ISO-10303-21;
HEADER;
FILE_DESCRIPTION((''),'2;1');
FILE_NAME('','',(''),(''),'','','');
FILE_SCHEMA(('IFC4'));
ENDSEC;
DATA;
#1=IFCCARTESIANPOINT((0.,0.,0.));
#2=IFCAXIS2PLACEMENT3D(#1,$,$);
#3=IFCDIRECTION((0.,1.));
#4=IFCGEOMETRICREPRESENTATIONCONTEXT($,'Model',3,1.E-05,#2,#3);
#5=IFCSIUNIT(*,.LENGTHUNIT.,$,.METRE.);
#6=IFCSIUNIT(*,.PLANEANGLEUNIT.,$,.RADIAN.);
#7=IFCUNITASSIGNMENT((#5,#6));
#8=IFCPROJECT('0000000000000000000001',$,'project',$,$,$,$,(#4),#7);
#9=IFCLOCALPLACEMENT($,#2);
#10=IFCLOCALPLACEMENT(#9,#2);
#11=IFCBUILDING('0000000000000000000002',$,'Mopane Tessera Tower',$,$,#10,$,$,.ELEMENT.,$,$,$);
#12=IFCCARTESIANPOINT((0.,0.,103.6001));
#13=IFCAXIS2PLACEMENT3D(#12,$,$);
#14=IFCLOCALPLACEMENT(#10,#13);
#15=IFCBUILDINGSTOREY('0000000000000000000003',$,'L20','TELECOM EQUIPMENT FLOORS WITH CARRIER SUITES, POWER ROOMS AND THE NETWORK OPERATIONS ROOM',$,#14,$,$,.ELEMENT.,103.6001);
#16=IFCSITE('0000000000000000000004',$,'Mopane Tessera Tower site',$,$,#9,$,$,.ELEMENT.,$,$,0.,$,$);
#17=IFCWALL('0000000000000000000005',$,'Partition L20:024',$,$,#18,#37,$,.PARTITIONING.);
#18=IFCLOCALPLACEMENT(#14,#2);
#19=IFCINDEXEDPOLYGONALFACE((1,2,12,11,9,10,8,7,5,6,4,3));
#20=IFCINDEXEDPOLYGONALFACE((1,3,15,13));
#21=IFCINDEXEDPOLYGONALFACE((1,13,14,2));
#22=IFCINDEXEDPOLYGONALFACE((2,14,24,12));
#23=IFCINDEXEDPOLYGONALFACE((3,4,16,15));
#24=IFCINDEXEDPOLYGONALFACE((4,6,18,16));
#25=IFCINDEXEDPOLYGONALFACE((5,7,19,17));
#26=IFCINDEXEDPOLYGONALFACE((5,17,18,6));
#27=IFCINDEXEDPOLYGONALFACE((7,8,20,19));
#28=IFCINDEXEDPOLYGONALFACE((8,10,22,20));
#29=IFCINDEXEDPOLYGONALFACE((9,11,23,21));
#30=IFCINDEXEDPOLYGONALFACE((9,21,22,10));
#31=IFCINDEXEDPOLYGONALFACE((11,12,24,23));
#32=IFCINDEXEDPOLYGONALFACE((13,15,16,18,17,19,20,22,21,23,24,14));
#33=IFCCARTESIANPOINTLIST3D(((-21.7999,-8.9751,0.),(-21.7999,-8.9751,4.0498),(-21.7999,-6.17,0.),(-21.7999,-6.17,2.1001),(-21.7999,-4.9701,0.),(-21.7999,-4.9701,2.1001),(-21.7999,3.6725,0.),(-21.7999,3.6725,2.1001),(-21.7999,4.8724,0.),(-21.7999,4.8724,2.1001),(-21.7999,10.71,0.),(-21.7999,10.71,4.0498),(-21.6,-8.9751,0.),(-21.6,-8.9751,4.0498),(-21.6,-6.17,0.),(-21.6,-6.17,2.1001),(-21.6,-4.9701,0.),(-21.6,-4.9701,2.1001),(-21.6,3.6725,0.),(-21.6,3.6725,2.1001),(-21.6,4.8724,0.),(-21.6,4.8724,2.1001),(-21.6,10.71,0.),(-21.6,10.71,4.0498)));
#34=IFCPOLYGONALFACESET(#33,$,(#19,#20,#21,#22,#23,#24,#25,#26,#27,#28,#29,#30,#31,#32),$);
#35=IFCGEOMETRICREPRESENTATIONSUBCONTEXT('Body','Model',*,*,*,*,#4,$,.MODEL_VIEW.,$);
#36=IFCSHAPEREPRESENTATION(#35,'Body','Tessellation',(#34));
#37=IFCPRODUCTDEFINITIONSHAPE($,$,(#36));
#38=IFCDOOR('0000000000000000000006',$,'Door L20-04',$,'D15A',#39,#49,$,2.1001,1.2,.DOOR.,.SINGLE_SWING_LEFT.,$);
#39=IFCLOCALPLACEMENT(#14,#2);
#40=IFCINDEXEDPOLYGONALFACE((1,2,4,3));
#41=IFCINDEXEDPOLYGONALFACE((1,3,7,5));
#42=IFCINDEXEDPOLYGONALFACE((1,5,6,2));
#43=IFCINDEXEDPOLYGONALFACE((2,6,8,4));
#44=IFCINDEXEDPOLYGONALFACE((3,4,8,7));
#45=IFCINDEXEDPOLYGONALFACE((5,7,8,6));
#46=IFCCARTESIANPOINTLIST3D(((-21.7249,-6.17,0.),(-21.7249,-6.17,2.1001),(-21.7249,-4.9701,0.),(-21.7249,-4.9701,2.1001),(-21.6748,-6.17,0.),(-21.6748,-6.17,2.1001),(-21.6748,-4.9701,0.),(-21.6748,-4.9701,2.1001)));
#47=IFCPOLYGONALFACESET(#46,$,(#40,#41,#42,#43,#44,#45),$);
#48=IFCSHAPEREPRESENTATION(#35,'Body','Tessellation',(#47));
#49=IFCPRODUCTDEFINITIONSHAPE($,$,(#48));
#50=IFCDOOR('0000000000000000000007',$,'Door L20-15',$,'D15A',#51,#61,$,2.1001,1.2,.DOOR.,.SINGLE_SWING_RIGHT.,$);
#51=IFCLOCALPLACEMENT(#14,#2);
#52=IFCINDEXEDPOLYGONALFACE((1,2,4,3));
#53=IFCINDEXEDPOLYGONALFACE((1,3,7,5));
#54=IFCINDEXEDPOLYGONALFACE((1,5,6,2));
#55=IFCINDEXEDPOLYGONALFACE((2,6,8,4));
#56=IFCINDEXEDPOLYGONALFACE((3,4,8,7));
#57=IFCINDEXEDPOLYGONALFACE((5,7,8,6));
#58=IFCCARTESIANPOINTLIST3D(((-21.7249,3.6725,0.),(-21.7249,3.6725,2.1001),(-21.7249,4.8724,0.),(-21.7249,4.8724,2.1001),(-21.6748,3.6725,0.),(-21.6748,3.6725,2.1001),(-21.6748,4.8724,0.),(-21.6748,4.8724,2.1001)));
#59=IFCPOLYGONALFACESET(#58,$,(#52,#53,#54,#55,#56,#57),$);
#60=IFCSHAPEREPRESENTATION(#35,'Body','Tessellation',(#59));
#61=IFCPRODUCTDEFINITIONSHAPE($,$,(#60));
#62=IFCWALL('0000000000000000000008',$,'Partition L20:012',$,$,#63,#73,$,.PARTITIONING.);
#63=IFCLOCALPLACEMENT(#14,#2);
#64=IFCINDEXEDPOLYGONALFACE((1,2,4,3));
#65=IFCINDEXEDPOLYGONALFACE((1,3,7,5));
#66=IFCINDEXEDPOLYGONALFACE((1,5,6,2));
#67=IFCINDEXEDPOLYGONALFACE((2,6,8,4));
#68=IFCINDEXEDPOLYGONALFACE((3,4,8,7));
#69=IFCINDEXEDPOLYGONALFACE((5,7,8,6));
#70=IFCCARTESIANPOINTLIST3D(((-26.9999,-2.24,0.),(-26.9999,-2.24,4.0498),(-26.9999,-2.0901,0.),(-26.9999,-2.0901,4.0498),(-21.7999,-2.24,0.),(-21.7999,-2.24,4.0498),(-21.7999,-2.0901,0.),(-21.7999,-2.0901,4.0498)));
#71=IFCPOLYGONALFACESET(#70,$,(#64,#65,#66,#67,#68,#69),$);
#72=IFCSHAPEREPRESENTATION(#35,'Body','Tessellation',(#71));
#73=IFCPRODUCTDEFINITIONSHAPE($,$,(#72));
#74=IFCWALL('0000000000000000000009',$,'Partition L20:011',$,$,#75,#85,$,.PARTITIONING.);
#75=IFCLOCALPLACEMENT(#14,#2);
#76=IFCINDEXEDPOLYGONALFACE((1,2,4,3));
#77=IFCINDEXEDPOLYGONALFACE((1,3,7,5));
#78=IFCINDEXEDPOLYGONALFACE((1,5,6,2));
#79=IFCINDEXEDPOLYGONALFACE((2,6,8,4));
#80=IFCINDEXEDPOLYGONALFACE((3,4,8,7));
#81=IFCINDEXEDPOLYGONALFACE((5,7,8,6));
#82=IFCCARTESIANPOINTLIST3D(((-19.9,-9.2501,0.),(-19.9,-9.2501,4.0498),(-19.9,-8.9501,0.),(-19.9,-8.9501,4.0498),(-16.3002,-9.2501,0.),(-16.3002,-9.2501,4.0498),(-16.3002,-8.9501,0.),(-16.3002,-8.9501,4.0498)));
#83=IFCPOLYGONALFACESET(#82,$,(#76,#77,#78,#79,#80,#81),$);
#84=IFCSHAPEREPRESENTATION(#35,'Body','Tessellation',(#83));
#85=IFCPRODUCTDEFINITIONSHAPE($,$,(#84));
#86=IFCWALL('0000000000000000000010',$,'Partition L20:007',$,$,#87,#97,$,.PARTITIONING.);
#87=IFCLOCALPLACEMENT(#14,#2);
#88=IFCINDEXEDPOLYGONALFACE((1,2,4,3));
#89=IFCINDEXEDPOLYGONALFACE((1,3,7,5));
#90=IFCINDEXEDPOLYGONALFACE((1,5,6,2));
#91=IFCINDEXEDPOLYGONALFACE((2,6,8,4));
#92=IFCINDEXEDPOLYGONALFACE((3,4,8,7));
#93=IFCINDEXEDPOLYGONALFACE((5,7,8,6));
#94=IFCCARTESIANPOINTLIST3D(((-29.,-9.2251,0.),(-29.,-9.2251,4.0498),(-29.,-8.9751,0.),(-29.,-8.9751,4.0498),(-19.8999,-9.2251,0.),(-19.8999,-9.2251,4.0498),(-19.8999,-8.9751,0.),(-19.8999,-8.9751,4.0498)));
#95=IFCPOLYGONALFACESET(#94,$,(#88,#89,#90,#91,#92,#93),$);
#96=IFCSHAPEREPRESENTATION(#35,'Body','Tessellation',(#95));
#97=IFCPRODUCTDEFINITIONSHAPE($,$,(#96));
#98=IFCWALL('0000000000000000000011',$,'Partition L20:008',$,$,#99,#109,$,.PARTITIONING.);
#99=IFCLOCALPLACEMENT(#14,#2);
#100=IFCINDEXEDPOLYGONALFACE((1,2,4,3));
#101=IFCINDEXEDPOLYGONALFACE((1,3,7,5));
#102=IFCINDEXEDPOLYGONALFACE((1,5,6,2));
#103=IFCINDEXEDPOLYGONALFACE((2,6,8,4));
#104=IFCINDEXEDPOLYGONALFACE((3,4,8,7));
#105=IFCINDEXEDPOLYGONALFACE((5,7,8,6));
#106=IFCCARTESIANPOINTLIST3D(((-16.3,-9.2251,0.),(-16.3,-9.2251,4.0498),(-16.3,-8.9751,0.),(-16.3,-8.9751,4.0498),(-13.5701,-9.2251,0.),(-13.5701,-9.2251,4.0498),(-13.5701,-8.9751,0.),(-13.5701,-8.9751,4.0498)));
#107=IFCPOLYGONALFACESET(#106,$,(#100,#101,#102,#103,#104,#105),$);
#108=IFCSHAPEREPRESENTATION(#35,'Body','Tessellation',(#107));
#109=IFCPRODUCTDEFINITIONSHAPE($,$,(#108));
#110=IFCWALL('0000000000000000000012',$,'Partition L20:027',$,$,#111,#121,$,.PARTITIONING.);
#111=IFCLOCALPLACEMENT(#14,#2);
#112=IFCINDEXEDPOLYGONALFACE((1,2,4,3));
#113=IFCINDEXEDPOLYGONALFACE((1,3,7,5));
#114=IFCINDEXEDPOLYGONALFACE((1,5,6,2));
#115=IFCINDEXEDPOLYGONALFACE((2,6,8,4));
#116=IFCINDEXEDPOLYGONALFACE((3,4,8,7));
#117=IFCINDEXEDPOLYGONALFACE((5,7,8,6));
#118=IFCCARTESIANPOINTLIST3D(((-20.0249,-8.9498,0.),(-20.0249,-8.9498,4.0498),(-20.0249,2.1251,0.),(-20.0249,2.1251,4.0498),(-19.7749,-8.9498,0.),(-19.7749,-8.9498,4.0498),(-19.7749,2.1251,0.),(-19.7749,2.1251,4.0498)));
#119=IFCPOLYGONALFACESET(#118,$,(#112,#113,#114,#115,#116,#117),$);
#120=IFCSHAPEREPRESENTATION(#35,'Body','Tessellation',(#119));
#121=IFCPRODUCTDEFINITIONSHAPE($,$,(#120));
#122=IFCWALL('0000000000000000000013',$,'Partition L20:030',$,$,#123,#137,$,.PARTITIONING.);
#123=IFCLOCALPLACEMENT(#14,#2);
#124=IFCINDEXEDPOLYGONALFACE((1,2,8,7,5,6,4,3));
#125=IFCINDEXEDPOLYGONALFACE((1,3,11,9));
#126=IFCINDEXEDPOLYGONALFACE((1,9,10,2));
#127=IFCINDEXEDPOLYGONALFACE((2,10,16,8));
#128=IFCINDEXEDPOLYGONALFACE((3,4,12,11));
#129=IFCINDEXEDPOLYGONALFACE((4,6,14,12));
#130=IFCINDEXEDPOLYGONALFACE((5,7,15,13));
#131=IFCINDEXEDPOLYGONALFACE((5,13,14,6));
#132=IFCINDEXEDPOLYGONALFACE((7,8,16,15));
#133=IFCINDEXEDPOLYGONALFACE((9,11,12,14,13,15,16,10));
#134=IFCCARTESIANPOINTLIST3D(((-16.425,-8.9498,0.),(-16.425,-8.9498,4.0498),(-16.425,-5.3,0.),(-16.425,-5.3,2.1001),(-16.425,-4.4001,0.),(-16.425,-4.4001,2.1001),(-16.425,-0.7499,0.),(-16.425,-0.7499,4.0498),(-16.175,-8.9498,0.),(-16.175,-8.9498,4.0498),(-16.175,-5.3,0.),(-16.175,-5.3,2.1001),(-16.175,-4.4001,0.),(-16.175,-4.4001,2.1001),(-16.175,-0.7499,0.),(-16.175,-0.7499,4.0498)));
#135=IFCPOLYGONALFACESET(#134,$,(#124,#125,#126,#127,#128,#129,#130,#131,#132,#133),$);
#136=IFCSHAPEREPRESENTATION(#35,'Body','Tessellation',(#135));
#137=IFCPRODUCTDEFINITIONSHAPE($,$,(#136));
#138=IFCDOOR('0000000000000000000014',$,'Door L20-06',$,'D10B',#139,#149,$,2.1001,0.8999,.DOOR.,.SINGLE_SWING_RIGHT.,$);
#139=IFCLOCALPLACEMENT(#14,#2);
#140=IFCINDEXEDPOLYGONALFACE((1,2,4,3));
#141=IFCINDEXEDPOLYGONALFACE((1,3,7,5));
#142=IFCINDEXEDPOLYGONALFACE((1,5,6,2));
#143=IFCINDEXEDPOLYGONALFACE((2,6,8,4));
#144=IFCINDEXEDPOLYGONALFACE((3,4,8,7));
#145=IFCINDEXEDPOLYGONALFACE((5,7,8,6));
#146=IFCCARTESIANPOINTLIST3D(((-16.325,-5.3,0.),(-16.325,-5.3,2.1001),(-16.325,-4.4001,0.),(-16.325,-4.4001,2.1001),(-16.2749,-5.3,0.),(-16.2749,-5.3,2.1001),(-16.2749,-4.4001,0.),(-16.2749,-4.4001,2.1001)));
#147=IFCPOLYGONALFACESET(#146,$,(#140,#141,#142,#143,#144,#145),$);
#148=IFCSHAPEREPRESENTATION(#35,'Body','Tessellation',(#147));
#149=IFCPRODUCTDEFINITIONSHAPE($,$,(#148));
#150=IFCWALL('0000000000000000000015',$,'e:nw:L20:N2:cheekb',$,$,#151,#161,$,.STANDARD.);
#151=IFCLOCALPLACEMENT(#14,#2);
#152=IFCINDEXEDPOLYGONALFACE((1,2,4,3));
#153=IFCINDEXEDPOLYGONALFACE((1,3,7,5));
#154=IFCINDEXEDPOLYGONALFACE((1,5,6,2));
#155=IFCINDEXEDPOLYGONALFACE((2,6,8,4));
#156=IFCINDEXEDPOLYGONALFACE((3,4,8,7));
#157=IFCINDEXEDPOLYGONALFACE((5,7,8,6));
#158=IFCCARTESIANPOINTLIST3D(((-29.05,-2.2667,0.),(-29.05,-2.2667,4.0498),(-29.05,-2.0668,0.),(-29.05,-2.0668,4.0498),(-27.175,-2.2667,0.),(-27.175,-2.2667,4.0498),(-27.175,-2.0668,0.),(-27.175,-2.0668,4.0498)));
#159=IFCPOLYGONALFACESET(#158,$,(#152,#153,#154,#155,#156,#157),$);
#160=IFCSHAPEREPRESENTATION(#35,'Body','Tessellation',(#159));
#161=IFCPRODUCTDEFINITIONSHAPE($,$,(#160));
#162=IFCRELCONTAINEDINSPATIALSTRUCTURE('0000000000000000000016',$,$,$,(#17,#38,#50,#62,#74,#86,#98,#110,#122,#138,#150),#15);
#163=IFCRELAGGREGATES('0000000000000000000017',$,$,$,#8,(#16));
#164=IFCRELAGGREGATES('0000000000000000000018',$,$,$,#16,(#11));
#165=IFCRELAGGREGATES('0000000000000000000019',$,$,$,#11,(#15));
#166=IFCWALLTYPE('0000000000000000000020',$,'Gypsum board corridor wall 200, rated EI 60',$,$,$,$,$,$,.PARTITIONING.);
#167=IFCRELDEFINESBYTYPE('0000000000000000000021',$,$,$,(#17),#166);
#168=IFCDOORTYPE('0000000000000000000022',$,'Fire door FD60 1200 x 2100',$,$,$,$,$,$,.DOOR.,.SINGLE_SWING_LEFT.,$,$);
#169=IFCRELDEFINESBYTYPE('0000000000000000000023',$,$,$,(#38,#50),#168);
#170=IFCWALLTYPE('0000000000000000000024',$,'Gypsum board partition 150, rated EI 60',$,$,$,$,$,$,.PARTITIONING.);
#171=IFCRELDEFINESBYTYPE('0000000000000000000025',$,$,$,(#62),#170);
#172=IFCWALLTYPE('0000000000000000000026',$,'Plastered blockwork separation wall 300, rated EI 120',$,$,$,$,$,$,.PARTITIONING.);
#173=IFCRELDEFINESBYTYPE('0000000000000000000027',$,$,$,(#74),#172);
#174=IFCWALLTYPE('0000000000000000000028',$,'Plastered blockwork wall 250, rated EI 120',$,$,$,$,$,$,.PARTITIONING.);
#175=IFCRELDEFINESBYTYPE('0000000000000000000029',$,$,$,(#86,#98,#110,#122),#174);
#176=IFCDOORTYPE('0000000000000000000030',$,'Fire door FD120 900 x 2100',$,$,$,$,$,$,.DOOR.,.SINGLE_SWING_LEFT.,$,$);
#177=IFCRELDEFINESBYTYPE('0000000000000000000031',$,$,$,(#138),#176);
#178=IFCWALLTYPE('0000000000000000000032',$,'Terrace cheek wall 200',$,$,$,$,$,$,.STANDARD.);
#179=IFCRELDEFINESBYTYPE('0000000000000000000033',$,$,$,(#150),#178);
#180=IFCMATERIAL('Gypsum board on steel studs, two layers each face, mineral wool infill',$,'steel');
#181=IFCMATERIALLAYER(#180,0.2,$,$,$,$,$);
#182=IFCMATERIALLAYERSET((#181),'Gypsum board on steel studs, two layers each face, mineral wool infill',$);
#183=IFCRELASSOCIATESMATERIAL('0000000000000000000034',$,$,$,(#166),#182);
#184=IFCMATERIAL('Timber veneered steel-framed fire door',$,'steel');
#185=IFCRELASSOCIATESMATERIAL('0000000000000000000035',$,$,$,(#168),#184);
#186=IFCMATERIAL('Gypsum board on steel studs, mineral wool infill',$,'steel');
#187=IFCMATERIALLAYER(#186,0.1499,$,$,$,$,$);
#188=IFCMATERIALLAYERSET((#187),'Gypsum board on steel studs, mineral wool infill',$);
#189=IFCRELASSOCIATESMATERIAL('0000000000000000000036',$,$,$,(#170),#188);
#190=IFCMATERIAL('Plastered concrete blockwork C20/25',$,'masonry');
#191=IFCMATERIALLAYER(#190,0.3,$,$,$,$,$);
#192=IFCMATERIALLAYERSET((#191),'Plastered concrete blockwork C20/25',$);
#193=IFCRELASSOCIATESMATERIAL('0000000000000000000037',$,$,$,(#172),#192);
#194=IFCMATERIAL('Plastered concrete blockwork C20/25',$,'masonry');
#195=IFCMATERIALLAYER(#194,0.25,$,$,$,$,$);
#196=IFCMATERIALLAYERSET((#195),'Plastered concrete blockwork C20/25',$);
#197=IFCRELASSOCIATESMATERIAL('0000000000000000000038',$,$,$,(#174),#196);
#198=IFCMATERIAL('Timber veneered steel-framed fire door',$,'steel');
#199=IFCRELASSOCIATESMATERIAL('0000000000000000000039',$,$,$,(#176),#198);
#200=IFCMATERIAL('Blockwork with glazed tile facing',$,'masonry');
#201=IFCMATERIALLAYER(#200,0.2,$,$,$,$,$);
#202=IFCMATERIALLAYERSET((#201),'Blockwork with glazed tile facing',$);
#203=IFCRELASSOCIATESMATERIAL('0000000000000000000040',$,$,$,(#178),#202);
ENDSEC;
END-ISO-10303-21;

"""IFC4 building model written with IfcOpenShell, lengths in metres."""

from ifc_helpers import new_model, si_unit, direction, frame, frame_2d, origin, place, context, subcontext, project, spatial, rectangle, extrude, material, layer, layer_set, type_object, element, fill, save


model = new_model("IFC4")

# Units and contexts
model_context = context("Model", 3, precision=1e-05, world=origin(), true_north=direction((0.0, 1.0)))
body_context = subcontext(model_context, "Body", "Model", "MODEL_VIEW")
ifc_project = project(units=[si_unit("LENGTHUNIT", "METRE"), si_unit("PLANEANGLEUNIT", "RADIAN")], contexts=[model_context])

# Site, building, storey
site_placement = place(None, origin())
site = spatial("IfcSite", under=ifc_project, at=site_placement, Name="Mopane Tessera Tower site", CompositionType="ELEMENT", RefElevation=0.0)
building_placement = place(site_placement, origin())
building = spatial("IfcBuilding", under=site, at=building_placement, Name="Mopane Tessera Tower", CompositionType="ELEMENT")
storey_placement = place(building_placement, frame((0.0, 0.0, 103.6001)))
storey = spatial("IfcBuildingStorey", under=building, at=storey_placement, Name="L20", Description="TELECOM EQUIPMENT FLOORS WITH CARRIER SUITES, POWER ROOMS AND THE NETWORK OPERATIONS ROOM", CompositionType="ELEMENT", Elevation=103.6001)

# Wall, openings, doors
ifc_material_1 = material(Name="Gypsum board on steel studs, two layers each face, mineral wool infill", Category="steel")
ifc_layer_1 = layer(ifc_material_1, 0.2)
ifc_layer_set_1 = layer_set([ifc_layer_1], Name="Gypsum board on steel studs, two layers each face, mineral wool infill")
wall_type_1 = type_object("IfcWallType", Name="Gypsum board corridor wall 200, rated EI 60", PredefinedType="PARTITIONING", material=ifc_layer_set_1)
wall_1_placement = place(storey_placement, frame((-21.7, -8.9751, 0.0), z_axis=(0.0, 0.0, 1.0), x_axis=(0.0, 1.0, 0.0)))
wall_1 = element("IfcWall", 1, at=wall_1_placement, inside=storey, type_object=wall_type_1, Name="Partition L20:024", PredefinedType="PARTITIONING", context=body_context, shape_type="SweptSolid", body=[
    extrude(rectangle(XDim=19.6851, YDim=0.2, at=frame_2d((9.8425, 0.0))), origin(), (0.0, 0.0, 1.0), 4.0498),
])
opening_1_placement = place(wall_1_placement, frame((2.8049, 0.0, 0.0)))
opening_1 = element("IfcOpeningElement", 2, at=opening_1_placement, cuts=wall_1, PredefinedType="OPENING", context=body_context, shape_type="SweptSolid", body=[
    extrude(rectangle(XDim=1.2, YDim=2.1001, at=frame_2d((0.6001, 1.05))), frame((0.0, 0.1121, 0.0), z_axis=(0.0, -1.0, 0.0), x_axis=(1.0, 0.0, 0.0)), (0.0, 0.0, 1.0), 0.2239),
])
opening_2_placement = place(wall_1_placement, frame((12.6475, 0.0, 0.0)))
opening_2 = element("IfcOpeningElement", 3, at=opening_2_placement, cuts=wall_1, PredefinedType="OPENING", context=body_context, shape_type="SweptSolid", body=[
    extrude(rectangle(XDim=1.2, YDim=2.1001, at=frame_2d((0.6001, 1.05))), frame((0.0, 0.1121, 0.0), z_axis=(0.0, -1.0, 0.0), x_axis=(1.0, 0.0, 0.0)), (0.0, 0.0, 1.0), 0.2239),
])
ifc_material_2 = material(Name="Timber veneered steel-framed fire door", Category="steel")
door_type_1 = type_object("IfcDoorType", Name="Fire door FD60 1200 x 2100", OperationType="SINGLE_SWING_LEFT", PredefinedType="DOOR", material=ifc_material_2)
door_1_placement = place(opening_1_placement, origin())
door_1 = element("IfcDoor", 4, at=door_1_placement, inside=storey, type_object=door_type_1, Name="Door L20-04", ObjectType="D15A", OperationType="SINGLE_SWING_LEFT", OverallHeight=2.1001, OverallWidth=1.2, PredefinedType="DOOR", context=body_context, shape_type="SweptSolid", body=[
    extrude(rectangle(XDim=1.2, YDim=2.1001, at=frame_2d((0.6001, 1.05))), frame((0.0, 0.0249, 0.0), z_axis=(0.0, -1.0, 0.0), x_axis=(1.0, 0.0, 0.0)), (0.0, 0.0, 1.0), 0.05),
])
fill(opening_1, door_1)
door_2_placement = place(opening_2_placement, origin())
door_2 = element("IfcDoor", 5, at=door_2_placement, inside=storey, type_object=door_type_1, Name="Door L20-15", ObjectType="D15A", OperationType="SINGLE_SWING_RIGHT", OverallHeight=2.1001, OverallWidth=1.2, PredefinedType="DOOR", context=body_context, shape_type="SweptSolid", body=[
    extrude(rectangle(XDim=1.2, YDim=2.1001, at=frame_2d((0.6001, 1.05))), frame((0.0, 0.0249, 0.0), z_axis=(0.0, -1.0, 0.0), x_axis=(1.0, 0.0, 0.0)), (0.0, 0.0, 1.0), 0.05),
])
fill(opening_2, door_2)

# Walls
ifc_material_3 = material(Name="Gypsum board on steel studs, mineral wool infill", Category="steel")
ifc_layer_2 = layer(ifc_material_3, 0.1499)
ifc_layer_set_2 = layer_set([ifc_layer_2], Name="Gypsum board on steel studs, mineral wool infill")
wall_type_2 = type_object("IfcWallType", Name="Gypsum board partition 150, rated EI 60", PredefinedType="PARTITIONING", material=ifc_layer_set_2)
wall_2_placement = place(storey_placement, frame((-27.0, -2.165, 0.0), z_axis=(0.0, 0.0, 1.0), x_axis=(1.0, 0.0, 0.0)))
element("IfcWall", 6, at=wall_2_placement, inside=storey, type_object=wall_type_2, Name="Partition L20:012", PredefinedType="PARTITIONING", context=body_context, shape_type="SweptSolid", body=[
    extrude(rectangle(XDim=5.2, YDim=0.1499, at=frame_2d((2.6001, 0.0))), origin(), (0.0, 0.0, 1.0), 4.0498),
])
ifc_material_4 = material(Name="Plastered concrete blockwork C20/25", Category="masonry")
ifc_layer_3 = layer(ifc_material_4, 0.3)
ifc_layer_set_3 = layer_set([ifc_layer_3], Name="Plastered concrete blockwork C20/25")
wall_type_3 = type_object("IfcWallType", Name="Plastered blockwork separation wall 300, rated EI 120", PredefinedType="PARTITIONING", material=ifc_layer_set_3)
wall_3_placement = place(storey_placement, frame((-19.8999, -9.1001, 0.0), z_axis=(0.0, 0.0, 1.0), x_axis=(1.0, 0.0, 0.0)))
element("IfcWall", 7, at=wall_3_placement, inside=storey, type_object=wall_type_3, Name="Partition L20:011", PredefinedType="PARTITIONING", context=body_context, shape_type="SweptSolid", body=[
    extrude(rectangle(XDim=3.5999, YDim=0.3, at=frame_2d((1.7998, 0.0))), origin(), (0.0, 0.0, 1.0), 4.0498),
])
ifc_material_5 = material(Name="Plastered concrete blockwork C20/25", Category="masonry")
ifc_layer_4 = layer(ifc_material_5, 0.25)
ifc_layer_set_4 = layer_set([ifc_layer_4], Name="Plastered concrete blockwork C20/25")
wall_type_4 = type_object("IfcWallType", Name="Plastered blockwork wall 250, rated EI 120", PredefinedType="PARTITIONING", material=ifc_layer_set_4)
wall_4_placement = place(storey_placement, frame((-29.0, -9.1001, 0.0), z_axis=(0.0, 0.0, 1.0), x_axis=(1.0, 0.0, 0.0)))
element("IfcWall", 8, at=wall_4_placement, inside=storey, type_object=wall_type_4, Name="Partition L20:007", PredefinedType="PARTITIONING", context=body_context, shape_type="SweptSolid", body=[
    extrude(rectangle(XDim=9.1001, YDim=0.25, at=frame_2d((4.55, 0.0))), origin(), (0.0, 0.0, 1.0), 4.0498),
])
wall_5_placement = place(storey_placement, frame((-16.3, -9.1001, 0.0), z_axis=(0.0, 0.0, 1.0), x_axis=(1.0, 0.0, 0.0)))
element("IfcWall", 9, at=wall_5_placement, inside=storey, type_object=wall_type_4, Name="Partition L20:008", PredefinedType="PARTITIONING", context=body_context, shape_type="SweptSolid", body=[
    extrude(rectangle(XDim=2.73, YDim=0.25, at=frame_2d((1.365, 0.0))), origin(), (0.0, 0.0, 1.0), 4.0498),
])
wall_6_placement = place(storey_placement, frame((-19.8999, -8.95, 0.0), z_axis=(0.0, 0.0, 1.0), x_axis=(0.0, 1.0, 0.0)))
element("IfcWall", 10, at=wall_6_placement, inside=storey, type_object=wall_type_4, Name="Partition L20:027", PredefinedType="PARTITIONING", context=body_context, shape_type="SweptSolid", body=[
    extrude(rectangle(XDim=11.075, YDim=0.25, at=frame_2d((5.5376, 0.0))), origin(), (0.0, 0.0, 1.0), 4.0498),
])

# Wall, opening, door
wall_7_placement = place(storey_placement, frame((-16.3, -8.95, 0.0), z_axis=(0.0, 0.0, 1.0), x_axis=(0.0, 1.0, 0.0)))
wall_7 = element("IfcWall", 11, at=wall_7_placement, inside=storey, type_object=wall_type_4, Name="Partition L20:030", PredefinedType="PARTITIONING", context=body_context, shape_type="SweptSolid", body=[
    extrude(rectangle(XDim=8.2, YDim=0.25, at=frame_2d((4.1001, 0.0))), origin(), (0.0, 0.0, 1.0), 4.0498),
])
opening_3_placement = place(wall_7_placement, frame((3.6499, 0.0, 0.0)))
opening_3 = element("IfcOpeningElement", 12, at=opening_3_placement, cuts=wall_7, PredefinedType="OPENING", context=body_context, shape_type="SweptSolid", body=[
    extrude(rectangle(XDim=0.8999, YDim=2.1001, at=frame_2d((0.45, 1.05))), frame((0.0, 0.137, 0.0), z_axis=(0.0, -1.0, 0.0), x_axis=(1.0, 0.0, 0.0)), (0.0, 0.0, 1.0), 0.2739),
])
ifc_material_6 = material(Name="Timber veneered steel-framed fire door", Category="steel")
door_type_2 = type_object("IfcDoorType", Name="Fire door FD120 900 x 2100", OperationType="SINGLE_SWING_LEFT", PredefinedType="DOOR", material=ifc_material_6)
door_3_placement = place(opening_3_placement, origin())
door_3 = element("IfcDoor", 13, at=door_3_placement, inside=storey, type_object=door_type_2, Name="Door L20-06", ObjectType="D10B", OperationType="SINGLE_SWING_RIGHT", OverallHeight=2.1001, OverallWidth=0.8999, PredefinedType="DOOR", context=body_context, shape_type="SweptSolid", body=[
    extrude(rectangle(XDim=0.8999, YDim=2.1001, at=frame_2d((0.45, 1.05))), frame((0.0, 0.0249, 0.0), z_axis=(0.0, -1.0, 0.0), x_axis=(1.0, 0.0, 0.0)), (0.0, 0.0, 1.0), 0.05),
])
fill(opening_3, door_3)

# Wall
ifc_material_7 = material(Name="Blockwork with glazed tile facing", Category="masonry")
ifc_layer_5 = layer(ifc_material_7, 0.2)
ifc_layer_set_5 = layer_set([ifc_layer_5], Name="Blockwork with glazed tile facing")
wall_type_5 = type_object("IfcWallType", Name="Terrace cheek wall 200", PredefinedType="STANDARD", material=ifc_layer_set_5)
wall_8_placement = place(storey_placement, frame((-29.05, -2.1667, 0.0), z_axis=(0.0, 0.0, 1.0), x_axis=(1.0, 0.0, 0.0)))
element("IfcWall", 14, at=wall_8_placement, inside=storey, type_object=wall_type_5, Name="e:nw:L20:N2:cheekb", PredefinedType="STANDARD", context=body_context, shape_type="SweptSolid", body=[
    extrude(rectangle(XDim=1.875, YDim=0.2, at=frame_2d((0.9375, 0.0))), origin(), (0.0, 0.0, 1.0), 4.0498),
])

save(model, "model.ifc")
